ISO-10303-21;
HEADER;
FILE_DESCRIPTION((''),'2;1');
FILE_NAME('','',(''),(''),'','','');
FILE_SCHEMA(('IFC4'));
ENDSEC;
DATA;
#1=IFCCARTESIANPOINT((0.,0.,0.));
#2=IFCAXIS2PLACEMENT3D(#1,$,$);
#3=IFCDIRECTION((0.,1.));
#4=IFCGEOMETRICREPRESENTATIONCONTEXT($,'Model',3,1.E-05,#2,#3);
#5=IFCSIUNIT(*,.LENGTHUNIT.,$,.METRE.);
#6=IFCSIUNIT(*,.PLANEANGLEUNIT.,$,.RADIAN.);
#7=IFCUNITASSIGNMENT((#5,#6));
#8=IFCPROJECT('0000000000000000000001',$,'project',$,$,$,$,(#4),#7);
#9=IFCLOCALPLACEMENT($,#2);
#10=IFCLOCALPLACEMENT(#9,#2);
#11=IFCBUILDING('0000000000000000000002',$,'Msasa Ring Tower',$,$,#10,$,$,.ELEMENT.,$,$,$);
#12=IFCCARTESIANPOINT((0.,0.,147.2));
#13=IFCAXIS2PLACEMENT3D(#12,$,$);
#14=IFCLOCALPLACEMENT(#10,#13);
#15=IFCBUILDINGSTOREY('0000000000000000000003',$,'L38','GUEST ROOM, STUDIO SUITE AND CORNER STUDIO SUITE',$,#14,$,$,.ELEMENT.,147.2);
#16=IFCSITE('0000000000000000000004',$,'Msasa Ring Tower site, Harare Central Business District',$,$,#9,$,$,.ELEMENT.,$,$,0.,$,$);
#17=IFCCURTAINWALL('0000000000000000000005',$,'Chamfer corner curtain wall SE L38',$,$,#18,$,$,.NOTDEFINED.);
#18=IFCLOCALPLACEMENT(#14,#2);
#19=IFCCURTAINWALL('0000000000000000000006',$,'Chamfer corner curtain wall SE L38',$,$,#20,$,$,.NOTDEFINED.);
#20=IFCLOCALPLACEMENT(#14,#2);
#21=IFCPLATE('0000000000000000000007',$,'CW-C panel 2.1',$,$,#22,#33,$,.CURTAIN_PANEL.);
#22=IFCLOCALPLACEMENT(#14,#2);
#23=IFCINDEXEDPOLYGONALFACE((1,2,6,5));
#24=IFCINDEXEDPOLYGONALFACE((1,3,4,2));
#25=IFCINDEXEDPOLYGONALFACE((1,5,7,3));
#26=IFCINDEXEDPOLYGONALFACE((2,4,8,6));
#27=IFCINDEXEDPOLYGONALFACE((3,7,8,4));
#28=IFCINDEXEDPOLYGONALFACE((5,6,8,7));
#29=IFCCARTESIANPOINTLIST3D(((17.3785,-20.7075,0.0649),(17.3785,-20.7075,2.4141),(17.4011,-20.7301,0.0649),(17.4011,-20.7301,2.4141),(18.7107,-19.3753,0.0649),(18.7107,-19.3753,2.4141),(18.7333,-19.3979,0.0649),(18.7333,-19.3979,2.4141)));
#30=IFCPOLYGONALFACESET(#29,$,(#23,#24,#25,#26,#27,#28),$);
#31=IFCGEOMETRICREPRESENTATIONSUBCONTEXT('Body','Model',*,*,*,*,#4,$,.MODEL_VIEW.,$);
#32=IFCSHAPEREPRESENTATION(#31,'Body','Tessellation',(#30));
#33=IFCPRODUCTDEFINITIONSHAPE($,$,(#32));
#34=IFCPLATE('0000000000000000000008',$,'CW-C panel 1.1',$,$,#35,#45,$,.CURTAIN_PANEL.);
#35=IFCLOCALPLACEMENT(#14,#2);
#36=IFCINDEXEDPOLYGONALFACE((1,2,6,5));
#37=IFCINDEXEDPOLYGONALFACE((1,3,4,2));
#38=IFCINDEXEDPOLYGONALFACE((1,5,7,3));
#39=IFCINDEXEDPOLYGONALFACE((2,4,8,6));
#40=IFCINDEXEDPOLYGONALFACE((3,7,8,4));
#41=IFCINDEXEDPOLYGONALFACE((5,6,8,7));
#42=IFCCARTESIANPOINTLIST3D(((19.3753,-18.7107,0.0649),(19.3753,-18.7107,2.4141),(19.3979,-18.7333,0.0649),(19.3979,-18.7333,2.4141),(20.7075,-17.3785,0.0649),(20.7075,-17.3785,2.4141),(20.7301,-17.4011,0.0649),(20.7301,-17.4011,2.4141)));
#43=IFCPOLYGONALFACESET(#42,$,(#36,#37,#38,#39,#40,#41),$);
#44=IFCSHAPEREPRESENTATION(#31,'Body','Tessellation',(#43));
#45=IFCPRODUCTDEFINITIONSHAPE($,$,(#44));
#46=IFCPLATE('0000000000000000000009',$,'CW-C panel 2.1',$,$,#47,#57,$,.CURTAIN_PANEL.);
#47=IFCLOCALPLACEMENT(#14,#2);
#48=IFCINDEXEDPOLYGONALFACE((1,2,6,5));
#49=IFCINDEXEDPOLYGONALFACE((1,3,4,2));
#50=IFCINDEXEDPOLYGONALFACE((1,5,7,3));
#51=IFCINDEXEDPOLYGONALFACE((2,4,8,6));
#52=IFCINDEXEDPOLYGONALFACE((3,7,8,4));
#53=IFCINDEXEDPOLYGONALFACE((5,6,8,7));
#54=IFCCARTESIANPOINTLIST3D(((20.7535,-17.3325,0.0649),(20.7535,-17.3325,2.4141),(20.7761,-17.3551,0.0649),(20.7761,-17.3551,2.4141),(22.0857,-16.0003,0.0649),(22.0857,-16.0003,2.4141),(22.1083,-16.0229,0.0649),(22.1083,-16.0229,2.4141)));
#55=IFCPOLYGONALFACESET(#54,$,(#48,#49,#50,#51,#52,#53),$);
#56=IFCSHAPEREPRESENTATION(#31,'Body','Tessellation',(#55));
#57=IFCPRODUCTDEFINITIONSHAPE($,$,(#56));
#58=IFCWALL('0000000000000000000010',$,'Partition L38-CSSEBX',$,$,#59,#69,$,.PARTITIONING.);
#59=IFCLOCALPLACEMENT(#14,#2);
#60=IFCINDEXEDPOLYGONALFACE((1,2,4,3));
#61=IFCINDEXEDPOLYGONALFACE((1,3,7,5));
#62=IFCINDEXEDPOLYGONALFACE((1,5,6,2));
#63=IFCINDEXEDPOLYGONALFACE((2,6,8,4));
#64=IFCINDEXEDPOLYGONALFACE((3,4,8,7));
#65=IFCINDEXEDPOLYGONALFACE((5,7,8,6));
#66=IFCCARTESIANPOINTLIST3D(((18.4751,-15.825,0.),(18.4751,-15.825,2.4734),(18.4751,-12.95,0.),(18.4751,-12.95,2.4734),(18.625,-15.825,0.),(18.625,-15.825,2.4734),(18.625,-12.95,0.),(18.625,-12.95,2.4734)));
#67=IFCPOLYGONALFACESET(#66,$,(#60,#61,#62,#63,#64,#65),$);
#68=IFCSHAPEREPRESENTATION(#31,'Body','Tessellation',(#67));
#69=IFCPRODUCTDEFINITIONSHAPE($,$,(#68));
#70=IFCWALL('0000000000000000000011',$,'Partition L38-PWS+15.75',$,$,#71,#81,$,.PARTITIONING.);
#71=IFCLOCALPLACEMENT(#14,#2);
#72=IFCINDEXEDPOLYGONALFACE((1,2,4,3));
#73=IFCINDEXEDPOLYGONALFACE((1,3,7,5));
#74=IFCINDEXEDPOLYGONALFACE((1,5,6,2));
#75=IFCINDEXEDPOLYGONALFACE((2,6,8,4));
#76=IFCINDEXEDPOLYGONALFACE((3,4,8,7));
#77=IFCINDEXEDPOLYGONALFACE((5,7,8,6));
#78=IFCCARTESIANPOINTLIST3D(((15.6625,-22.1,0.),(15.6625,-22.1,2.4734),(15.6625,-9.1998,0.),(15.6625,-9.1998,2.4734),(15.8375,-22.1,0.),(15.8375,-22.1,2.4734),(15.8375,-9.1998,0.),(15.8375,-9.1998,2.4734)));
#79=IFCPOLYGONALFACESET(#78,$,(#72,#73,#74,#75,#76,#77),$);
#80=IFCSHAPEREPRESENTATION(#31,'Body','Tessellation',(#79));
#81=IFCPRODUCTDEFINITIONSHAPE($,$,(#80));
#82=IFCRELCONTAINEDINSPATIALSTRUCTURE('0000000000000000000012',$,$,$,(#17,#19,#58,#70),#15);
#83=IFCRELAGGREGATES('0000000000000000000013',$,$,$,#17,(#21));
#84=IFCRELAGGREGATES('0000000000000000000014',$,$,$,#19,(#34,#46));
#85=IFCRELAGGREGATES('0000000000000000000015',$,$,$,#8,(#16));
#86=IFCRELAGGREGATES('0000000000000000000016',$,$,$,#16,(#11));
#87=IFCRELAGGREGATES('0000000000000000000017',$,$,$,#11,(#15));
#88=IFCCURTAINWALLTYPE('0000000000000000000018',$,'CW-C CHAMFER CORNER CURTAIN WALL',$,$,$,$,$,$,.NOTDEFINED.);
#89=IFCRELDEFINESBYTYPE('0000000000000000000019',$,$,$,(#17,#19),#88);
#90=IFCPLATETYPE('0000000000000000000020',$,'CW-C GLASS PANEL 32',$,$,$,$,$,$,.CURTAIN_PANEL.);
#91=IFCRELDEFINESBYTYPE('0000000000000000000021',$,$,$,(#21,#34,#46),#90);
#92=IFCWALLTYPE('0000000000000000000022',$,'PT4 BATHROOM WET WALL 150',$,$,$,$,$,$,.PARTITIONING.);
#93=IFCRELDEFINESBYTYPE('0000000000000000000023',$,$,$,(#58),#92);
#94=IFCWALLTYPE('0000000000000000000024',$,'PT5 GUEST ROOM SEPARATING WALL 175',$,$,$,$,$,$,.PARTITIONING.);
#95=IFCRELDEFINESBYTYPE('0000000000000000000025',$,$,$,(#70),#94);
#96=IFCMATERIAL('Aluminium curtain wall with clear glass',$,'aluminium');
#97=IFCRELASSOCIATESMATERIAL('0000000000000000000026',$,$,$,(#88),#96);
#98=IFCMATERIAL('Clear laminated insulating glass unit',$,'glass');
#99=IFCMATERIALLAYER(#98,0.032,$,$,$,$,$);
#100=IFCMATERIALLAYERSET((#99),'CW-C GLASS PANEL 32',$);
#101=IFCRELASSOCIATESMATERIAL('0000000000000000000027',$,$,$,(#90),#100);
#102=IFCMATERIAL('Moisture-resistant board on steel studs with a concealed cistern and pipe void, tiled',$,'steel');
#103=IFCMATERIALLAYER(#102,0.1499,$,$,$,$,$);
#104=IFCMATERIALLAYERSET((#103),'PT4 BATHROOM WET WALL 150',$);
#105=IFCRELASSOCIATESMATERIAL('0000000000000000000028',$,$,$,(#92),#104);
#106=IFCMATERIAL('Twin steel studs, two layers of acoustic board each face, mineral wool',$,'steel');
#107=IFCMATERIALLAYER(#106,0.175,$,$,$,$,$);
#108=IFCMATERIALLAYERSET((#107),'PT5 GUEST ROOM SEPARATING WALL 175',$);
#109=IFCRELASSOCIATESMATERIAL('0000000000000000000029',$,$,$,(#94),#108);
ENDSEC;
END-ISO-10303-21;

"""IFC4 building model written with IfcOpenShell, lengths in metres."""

from ifc_helpers import new_model, si_unit, direction, frame, frame_2d, origin, origin_2d, place, context, subcontext, project, spatial, rectangle, extrude, material, layer, layer_set, type_object, element, aggregate, save


model = new_model("IFC4")

# Units and contexts
model_context = context("Model", 3, precision=1e-05, world=origin(), true_north=direction((0.0, 1.0)))
body_context = subcontext(model_context, "Body", "Model", "MODEL_VIEW")
ifc_project = project(units=[si_unit("LENGTHUNIT", "METRE"), si_unit("PLANEANGLEUNIT", "RADIAN")], contexts=[model_context])

# Site, building, storey
site_placement = place(None, origin())
site = spatial("IfcSite", under=ifc_project, at=site_placement, Name="Msasa Ring Tower site, Harare Central Business District", CompositionType="ELEMENT", RefElevation=0.0)
building_placement = place(site_placement, origin())
building = spatial("IfcBuilding", under=site, at=building_placement, Name="Msasa Ring Tower", CompositionType="ELEMENT")
storey_placement = place(building_placement, frame((0.0, 0.0, 147.2)))
storey = spatial("IfcBuildingStorey", under=building, at=storey_placement, Name="L38", Description="GUEST ROOM, STUDIO SUITE AND CORNER STUDIO SUITE", CompositionType="ELEMENT", Elevation=147.2)

# Curtain walls
ifc_material_1 = material(Name="Aluminium curtain wall with clear glass", Category="aluminium")
curtain_wall_type = type_object("IfcCurtainWallType", Name="CW-C CHAMFER CORNER CURTAIN WALL", PredefinedType="NOTDEFINED", material=ifc_material_1)
curtain_wall_1_placement = place(storey_placement, origin())
curtain_wall_1 = element("IfcCurtainWall", 1, at=curtain_wall_1_placement, inside=storey, type_object=curtain_wall_type, Name="Chamfer corner curtain wall SE L38", PredefinedType="NOTDEFINED")
curtain_wall_2_placement = place(storey_placement, origin())
curtain_wall_2 = element("IfcCurtainWall", 2, at=curtain_wall_2_placement, inside=storey, type_object=curtain_wall_type, Name="Chamfer corner curtain wall SE L38", PredefinedType="NOTDEFINED")

# Plates
ifc_material_2 = material(Name="Clear laminated insulating glass unit", Category="glass")
ifc_layer_1 = layer(ifc_material_2, 0.032)
ifc_layer_set_1 = layer_set([ifc_layer_1], Name="CW-C GLASS PANEL 32")
plate_type = type_object("IfcPlateType", Name="CW-C GLASS PANEL 32", PredefinedType="CURTAIN_PANEL", material=ifc_layer_set_1)
plate_1_placement = place(storey_placement, frame((18.0559, -20.0527, 0.0649), z_axis=(0.0, 0.0, 1.0), x_axis=(0.707107, 0.707107, 0.0)))
plate_1 = element("IfcPlate", 3, at=plate_1_placement, type_object=plate_type, Name="CW-C panel 2.1", PredefinedType="CURTAIN_PANEL", context=body_context, shape_type="SweptSolid", body=[
    extrude(rectangle(XDim=1.884, YDim=0.032, at=origin_2d()), origin(), (0.0, 0.0, 1.0), 2.3491),
])
aggregate(curtain_wall_1, [plate_1])
plate_2_placement = place(storey_placement, frame((20.0527, -18.0559, 0.0649), z_axis=(0.0, 0.0, 1.0), x_axis=(0.707107, 0.707107, 0.0)))
plate_2 = element("IfcPlate", 4, at=plate_2_placement, type_object=plate_type, Name="CW-C panel 1.1", PredefinedType="CURTAIN_PANEL", context=body_context, shape_type="SweptSolid", body=[
    extrude(rectangle(XDim=1.884, YDim=0.032, at=origin_2d()), origin(), (0.0, 0.0, 1.0), 2.3491),
])
plate_3_placement = place(storey_placement, frame((21.4309, -16.6777, 0.0649), z_axis=(0.0, 0.0, 1.0), x_axis=(0.707107, 0.707107, 0.0)))
plate_3 = element("IfcPlate", 5, at=plate_3_placement, type_object=plate_type, Name="CW-C panel 2.1", PredefinedType="CURTAIN_PANEL", context=body_context, shape_type="SweptSolid", body=[
    extrude(rectangle(XDim=1.884, YDim=0.032, at=origin_2d()), origin(), (0.0, 0.0, 1.0), 2.3491),
])
aggregate(curtain_wall_2, [plate_2, plate_3])

# Walls
ifc_material_3 = material(Name="Moisture-resistant board on steel studs with a concealed cistern and pipe void, tiled", Category="steel")
ifc_layer_2 = layer(ifc_material_3, 0.1499)
ifc_layer_set_2 = layer_set([ifc_layer_2], Name="PT4 BATHROOM WET WALL 150")
wall_type_1 = type_object("IfcWallType", Name="PT4 BATHROOM WET WALL 150", PredefinedType="PARTITIONING", material=ifc_layer_set_2)
wall_1_placement = place(storey_placement, frame((18.55, -15.825, 0.0), z_axis=(0.0, 0.0, 1.0), x_axis=(0.0, 1.0, 0.0)))
element("IfcWall", 6, at=wall_1_placement, inside=storey, type_object=wall_type_1, Name="Partition L38-CSSEBX", PredefinedType="PARTITIONING", context=body_context, shape_type="SweptSolid", body=[
    extrude(rectangle(XDim=2.875, YDim=0.1499, at=frame_2d((1.4375, 0.0))), origin(), (0.0, 0.0, 1.0), 2.4734),
])
ifc_material_4 = material(Name="Twin steel studs, two layers of acoustic board each face, mineral wool", Category="steel")
ifc_layer_3 = layer(ifc_material_4, 0.175)
ifc_layer_set_3 = layer_set([ifc_layer_3], Name="PT5 GUEST ROOM SEPARATING WALL 175")
wall_type_2 = type_object("IfcWallType", Name="PT5 GUEST ROOM SEPARATING WALL 175", PredefinedType="PARTITIONING", material=ifc_layer_set_3)
wall_2_placement = place(storey_placement, frame((15.75, -22.1001, 0.0), z_axis=(0.0, 0.0, 1.0), x_axis=(0.0, 1.0, 0.0)))
element("IfcWall", 7, at=wall_2_placement, inside=storey, type_object=wall_type_2, Name="Partition L38-PWS+15.75", PredefinedType="PARTITIONING", context=body_context, shape_type="SweptSolid", body=[
    extrude(rectangle(XDim=12.9001, YDim=0.175, at=frame_2d((6.4502, 0.0))), origin(), (0.0, 0.0, 1.0), 2.4734),
])

save(model, "model.ifc")
